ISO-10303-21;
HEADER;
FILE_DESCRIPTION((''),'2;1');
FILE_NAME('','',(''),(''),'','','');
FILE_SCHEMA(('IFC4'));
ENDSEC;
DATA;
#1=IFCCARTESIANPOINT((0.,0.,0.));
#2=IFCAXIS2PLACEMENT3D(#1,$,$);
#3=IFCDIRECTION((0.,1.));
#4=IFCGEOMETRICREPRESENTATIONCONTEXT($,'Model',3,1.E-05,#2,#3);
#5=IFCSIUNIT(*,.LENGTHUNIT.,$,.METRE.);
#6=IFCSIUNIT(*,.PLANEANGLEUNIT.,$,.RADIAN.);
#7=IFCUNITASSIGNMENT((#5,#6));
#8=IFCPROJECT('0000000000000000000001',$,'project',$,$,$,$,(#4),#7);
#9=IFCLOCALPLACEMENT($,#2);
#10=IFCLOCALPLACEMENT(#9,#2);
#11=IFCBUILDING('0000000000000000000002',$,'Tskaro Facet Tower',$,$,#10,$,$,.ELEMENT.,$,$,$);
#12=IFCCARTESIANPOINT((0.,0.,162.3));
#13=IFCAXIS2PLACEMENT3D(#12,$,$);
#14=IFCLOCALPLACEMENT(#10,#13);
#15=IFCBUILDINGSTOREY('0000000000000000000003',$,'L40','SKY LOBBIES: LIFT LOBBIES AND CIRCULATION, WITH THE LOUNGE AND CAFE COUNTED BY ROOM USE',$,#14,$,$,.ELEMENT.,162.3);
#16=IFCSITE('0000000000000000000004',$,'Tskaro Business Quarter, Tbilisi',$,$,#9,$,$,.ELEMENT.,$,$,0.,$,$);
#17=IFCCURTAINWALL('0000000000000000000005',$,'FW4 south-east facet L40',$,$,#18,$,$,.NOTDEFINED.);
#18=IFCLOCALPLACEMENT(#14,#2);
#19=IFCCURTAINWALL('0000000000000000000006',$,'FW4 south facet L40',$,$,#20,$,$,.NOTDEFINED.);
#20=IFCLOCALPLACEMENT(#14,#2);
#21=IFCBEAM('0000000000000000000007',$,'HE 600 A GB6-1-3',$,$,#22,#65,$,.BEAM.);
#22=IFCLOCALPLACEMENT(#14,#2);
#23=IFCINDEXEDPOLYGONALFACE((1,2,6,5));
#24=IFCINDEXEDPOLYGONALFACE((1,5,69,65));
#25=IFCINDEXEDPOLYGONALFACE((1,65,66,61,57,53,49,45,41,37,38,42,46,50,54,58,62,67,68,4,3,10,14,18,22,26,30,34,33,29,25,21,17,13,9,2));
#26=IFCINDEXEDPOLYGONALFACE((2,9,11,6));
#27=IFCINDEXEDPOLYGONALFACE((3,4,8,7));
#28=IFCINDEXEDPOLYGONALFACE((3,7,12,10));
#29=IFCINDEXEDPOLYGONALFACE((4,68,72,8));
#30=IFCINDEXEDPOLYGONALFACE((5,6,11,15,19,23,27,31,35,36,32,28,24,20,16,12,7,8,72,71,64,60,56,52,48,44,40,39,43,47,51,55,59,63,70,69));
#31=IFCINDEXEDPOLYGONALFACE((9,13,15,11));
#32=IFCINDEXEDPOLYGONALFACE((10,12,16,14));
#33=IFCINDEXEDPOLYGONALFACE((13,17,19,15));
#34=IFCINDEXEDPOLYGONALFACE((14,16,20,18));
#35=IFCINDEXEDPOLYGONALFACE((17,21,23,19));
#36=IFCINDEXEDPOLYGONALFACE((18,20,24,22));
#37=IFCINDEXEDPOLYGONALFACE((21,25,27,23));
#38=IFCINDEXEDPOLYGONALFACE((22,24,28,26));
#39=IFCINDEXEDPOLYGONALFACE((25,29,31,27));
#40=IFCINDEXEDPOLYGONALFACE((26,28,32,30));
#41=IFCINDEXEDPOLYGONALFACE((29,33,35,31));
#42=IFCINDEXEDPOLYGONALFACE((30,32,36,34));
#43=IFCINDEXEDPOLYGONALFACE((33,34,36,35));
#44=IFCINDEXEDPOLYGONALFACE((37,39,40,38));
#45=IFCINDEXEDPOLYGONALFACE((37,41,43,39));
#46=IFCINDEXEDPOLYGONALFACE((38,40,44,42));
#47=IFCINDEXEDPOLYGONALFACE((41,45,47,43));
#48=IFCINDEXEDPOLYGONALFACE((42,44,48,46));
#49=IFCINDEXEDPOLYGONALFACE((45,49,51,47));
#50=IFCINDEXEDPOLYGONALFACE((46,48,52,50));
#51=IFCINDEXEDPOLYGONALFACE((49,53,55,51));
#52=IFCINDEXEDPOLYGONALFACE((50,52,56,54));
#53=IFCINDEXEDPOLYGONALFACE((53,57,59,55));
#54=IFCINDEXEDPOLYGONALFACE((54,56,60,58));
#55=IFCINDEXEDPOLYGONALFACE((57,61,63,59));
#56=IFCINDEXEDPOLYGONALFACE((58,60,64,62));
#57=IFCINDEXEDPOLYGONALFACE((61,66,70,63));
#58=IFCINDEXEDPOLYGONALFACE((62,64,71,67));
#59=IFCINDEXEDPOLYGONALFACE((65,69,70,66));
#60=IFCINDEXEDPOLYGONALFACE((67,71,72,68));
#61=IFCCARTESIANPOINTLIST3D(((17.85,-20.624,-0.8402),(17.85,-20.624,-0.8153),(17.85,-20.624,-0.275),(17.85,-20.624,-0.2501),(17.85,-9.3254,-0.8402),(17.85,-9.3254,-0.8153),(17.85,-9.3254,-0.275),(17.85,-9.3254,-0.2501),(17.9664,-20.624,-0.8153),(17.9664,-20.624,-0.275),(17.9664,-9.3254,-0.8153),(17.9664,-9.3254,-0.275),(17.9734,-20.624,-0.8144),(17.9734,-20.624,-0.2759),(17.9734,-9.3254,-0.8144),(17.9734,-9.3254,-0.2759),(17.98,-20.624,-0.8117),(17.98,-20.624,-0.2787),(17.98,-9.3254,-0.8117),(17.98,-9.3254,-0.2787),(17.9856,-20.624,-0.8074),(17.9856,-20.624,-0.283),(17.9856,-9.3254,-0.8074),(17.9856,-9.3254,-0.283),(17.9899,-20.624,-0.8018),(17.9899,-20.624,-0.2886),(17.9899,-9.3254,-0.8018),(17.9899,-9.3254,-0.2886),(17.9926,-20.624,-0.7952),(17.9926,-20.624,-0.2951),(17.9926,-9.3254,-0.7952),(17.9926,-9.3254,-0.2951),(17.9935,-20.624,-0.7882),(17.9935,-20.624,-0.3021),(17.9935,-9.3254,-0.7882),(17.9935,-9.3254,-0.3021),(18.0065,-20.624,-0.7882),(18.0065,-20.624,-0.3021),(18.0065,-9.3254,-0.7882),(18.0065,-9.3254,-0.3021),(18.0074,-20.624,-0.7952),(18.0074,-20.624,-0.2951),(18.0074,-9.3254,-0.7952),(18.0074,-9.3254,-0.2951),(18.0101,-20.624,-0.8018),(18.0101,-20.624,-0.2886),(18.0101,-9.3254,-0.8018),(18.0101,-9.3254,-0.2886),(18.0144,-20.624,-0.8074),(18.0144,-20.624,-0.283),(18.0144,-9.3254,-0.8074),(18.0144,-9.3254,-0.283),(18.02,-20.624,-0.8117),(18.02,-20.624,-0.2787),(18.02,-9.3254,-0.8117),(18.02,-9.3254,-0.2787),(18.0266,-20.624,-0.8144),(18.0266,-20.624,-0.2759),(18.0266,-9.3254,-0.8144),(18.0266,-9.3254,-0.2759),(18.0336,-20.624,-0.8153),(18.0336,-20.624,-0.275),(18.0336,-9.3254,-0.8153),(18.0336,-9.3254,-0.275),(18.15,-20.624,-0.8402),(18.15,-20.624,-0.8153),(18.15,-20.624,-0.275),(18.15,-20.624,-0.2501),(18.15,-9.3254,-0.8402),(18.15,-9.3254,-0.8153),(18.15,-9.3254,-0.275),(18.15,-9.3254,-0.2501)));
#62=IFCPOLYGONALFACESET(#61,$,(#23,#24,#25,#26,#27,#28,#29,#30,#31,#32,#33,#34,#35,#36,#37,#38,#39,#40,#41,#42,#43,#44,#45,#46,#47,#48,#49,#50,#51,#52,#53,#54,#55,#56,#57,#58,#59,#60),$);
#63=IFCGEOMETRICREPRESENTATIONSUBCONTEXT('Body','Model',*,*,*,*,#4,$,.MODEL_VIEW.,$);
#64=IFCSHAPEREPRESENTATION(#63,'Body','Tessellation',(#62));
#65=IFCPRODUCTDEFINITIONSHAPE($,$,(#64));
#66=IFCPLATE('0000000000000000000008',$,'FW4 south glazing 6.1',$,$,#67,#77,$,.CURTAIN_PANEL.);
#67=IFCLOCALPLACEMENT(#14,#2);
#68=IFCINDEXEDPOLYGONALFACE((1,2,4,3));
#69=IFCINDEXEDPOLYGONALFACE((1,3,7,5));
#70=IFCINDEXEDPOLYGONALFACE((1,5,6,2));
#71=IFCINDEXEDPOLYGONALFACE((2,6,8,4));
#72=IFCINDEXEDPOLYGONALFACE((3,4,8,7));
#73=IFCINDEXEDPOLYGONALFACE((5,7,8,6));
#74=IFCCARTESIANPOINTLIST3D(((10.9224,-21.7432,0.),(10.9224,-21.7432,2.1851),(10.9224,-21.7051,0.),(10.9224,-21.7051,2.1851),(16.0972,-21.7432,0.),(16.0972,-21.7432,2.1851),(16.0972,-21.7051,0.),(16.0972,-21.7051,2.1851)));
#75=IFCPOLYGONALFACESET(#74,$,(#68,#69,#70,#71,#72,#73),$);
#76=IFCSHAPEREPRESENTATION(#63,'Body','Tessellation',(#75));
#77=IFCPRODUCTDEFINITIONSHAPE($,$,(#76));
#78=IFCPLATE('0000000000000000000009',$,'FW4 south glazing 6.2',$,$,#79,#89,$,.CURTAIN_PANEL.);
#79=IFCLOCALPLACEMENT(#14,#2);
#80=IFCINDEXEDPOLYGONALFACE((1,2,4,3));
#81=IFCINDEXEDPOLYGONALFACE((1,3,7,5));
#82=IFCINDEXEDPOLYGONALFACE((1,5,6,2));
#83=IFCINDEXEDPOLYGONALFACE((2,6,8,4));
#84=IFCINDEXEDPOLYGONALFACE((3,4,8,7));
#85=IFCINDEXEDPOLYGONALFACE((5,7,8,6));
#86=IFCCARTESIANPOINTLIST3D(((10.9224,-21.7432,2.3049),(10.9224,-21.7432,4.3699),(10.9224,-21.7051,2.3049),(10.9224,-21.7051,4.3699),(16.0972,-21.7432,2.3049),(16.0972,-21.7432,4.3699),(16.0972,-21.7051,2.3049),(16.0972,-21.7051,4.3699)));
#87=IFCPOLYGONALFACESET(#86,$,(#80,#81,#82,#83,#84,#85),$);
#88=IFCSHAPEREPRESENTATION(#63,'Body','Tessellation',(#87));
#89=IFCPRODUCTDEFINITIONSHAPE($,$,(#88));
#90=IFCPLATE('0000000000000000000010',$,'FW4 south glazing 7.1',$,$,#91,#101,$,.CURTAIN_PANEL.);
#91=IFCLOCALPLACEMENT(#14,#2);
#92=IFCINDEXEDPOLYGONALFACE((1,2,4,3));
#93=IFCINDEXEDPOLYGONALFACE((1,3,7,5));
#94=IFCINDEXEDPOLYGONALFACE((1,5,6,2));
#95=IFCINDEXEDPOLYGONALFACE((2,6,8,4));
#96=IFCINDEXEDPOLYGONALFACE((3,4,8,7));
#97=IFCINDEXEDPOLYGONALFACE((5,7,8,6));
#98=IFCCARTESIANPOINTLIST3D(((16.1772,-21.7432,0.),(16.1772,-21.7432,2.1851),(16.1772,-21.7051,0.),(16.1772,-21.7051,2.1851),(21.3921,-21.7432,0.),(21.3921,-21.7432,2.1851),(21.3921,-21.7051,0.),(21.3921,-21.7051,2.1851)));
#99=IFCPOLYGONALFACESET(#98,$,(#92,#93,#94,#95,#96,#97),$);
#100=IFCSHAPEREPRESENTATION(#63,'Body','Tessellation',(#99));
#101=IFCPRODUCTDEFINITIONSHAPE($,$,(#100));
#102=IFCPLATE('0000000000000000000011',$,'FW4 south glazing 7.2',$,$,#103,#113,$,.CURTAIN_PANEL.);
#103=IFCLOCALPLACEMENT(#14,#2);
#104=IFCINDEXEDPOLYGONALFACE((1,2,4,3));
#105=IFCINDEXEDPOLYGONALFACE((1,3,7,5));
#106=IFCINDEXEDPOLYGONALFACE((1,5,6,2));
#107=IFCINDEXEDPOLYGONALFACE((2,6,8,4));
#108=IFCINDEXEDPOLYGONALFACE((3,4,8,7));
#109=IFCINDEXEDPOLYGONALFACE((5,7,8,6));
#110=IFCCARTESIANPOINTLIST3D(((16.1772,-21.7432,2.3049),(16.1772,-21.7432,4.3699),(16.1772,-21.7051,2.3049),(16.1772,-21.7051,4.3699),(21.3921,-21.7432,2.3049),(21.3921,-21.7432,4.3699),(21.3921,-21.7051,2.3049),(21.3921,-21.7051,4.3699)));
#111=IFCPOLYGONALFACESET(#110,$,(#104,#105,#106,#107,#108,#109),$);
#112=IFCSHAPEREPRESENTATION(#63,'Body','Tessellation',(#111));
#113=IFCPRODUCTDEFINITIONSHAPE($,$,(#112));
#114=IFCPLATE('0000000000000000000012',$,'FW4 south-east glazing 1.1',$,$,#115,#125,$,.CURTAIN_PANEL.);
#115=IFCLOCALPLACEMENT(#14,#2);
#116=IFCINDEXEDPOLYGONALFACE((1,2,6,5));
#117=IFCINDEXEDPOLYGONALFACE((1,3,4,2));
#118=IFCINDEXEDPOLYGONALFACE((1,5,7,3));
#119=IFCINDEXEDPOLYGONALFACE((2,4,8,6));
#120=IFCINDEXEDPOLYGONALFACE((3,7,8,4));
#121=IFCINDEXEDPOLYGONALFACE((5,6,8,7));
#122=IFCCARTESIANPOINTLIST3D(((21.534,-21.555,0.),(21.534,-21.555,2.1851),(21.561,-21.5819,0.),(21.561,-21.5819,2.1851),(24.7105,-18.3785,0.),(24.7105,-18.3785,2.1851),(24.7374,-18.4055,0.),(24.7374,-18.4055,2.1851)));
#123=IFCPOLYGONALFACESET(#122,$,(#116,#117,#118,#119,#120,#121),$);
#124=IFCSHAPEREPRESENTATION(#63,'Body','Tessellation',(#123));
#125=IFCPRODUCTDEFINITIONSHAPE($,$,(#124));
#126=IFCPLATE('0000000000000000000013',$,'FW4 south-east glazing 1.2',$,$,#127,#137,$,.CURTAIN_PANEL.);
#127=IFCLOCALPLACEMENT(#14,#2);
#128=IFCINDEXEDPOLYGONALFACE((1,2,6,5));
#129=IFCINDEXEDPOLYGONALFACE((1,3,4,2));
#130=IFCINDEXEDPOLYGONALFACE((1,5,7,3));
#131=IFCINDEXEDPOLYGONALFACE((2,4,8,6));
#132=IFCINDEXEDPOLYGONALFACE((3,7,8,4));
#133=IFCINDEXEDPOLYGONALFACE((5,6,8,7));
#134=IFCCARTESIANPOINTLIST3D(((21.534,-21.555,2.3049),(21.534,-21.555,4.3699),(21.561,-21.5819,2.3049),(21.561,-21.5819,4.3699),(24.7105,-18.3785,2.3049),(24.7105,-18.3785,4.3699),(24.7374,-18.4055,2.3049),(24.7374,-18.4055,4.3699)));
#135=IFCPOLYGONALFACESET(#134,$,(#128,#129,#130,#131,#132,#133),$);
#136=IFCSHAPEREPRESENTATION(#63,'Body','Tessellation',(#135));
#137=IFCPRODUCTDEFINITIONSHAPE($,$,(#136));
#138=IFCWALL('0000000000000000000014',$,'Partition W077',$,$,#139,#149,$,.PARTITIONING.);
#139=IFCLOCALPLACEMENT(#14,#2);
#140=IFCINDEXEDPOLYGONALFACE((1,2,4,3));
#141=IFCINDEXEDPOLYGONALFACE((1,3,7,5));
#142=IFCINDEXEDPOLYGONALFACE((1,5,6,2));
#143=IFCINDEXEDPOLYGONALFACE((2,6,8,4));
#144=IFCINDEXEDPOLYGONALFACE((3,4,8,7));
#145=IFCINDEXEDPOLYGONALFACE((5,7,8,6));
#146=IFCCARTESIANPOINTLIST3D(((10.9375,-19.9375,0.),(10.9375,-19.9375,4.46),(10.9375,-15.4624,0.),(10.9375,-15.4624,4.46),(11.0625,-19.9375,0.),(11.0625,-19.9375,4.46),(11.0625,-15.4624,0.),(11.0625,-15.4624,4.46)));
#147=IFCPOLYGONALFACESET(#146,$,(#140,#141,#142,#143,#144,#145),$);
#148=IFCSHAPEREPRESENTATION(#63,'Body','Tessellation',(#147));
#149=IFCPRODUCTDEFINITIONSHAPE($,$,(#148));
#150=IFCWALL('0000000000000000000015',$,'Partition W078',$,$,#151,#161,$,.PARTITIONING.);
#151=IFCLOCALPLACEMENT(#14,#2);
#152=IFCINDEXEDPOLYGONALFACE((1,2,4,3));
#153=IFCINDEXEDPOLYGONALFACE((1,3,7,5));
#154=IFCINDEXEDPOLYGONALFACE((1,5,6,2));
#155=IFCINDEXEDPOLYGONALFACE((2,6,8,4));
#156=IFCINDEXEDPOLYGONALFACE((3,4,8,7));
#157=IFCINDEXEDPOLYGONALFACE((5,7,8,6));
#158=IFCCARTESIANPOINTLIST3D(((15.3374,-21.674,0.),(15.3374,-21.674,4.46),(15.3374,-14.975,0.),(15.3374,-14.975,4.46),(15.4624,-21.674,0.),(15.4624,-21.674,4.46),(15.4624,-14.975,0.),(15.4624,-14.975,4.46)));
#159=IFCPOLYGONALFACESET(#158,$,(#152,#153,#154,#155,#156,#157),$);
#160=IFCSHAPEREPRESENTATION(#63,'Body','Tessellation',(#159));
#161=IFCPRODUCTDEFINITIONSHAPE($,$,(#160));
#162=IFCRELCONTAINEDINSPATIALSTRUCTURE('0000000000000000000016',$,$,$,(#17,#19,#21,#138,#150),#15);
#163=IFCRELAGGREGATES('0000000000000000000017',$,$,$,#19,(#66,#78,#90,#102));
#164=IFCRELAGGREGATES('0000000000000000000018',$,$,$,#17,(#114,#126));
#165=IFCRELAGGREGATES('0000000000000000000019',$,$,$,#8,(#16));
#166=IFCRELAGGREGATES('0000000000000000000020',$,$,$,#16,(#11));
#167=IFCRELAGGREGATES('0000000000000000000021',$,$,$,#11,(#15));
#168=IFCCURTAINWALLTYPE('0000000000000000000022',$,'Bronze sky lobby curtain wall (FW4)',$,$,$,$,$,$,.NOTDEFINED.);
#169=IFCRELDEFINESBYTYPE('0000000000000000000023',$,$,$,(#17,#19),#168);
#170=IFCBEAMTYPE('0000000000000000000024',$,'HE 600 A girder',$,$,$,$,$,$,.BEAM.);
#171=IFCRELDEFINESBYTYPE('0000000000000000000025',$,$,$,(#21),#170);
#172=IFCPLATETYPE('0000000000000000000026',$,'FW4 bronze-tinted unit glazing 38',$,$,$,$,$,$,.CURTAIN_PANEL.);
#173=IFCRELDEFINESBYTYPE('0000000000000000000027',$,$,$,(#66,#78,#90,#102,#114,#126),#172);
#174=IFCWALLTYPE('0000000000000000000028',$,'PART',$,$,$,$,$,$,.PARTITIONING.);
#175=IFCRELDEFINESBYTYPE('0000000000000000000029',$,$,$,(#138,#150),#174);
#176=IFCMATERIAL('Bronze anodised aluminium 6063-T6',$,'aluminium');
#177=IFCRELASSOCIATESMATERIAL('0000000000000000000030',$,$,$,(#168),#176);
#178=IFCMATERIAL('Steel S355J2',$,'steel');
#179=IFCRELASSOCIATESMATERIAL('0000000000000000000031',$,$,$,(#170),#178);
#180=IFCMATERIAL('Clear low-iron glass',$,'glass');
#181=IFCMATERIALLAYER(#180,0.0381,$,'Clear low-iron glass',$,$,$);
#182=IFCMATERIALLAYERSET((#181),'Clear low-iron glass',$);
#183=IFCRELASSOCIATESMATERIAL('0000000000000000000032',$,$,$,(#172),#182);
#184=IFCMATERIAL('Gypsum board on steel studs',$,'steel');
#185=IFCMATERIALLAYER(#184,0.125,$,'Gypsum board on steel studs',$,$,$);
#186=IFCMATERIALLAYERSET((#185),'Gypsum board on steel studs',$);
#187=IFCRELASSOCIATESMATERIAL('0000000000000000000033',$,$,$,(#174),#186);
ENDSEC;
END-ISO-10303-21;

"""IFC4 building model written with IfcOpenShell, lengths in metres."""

from ifc_helpers import new_model, si_unit, direction, frame, frame_2d, origin, origin_2d, place, context, subcontext, project, spatial, rectangle, i_section, extrude, material, layer, layer_set, material_profile, profile_set, type_object, element, aggregate, save


model = new_model("IFC4")

# Units and contexts
model_context = context("Model", 3, precision=1e-05, world=origin(), true_north=direction((0.0, 1.0)))
body_context = subcontext(model_context, "Body", "Model", "MODEL_VIEW")
ifc_project = project(units=[si_unit("LENGTHUNIT", "METRE"), si_unit("PLANEANGLEUNIT", "RADIAN")], contexts=[model_context])

# Site, building, storey
site_placement = place(None, origin())
site = spatial("IfcSite", under=ifc_project, at=site_placement, Name="Tskaro Business Quarter, Tbilisi", CompositionType="ELEMENT", RefElevation=0.0)
building_placement = place(site_placement, origin())
building = spatial("IfcBuilding", under=site, at=building_placement, Name="Tskaro Facet Tower", CompositionType="ELEMENT")
storey_placement = place(building_placement, frame((0.0, 0.0, 162.3)))
storey = spatial("IfcBuildingStorey", under=building, at=storey_placement, Name="L40", Description="SKY LOBBIES: LIFT LOBBIES AND CIRCULATION, WITH THE LOUNGE AND CAFE COUNTED BY ROOM USE", CompositionType="ELEMENT", Elevation=162.3)

# Curtain wall
ifc_material_1 = material(Name="Bronze anodised aluminium 6063-T6", Category="aluminium")
curtain_wall_type = type_object("IfcCurtainWallType", Name="Bronze sky lobby curtain wall (FW4)", PredefinedType="NOTDEFINED", material=ifc_material_1)
curtain_wall_1_placement = place(storey_placement, origin())
curtain_wall_1 = element("IfcCurtainWall", 1, at=curtain_wall_1_placement, inside=storey, type_object=curtain_wall_type, Name="FW4 south-east facet L40", PredefinedType="NOTDEFINED")

# Curtain wall
curtain_wall_2_placement = place(storey_placement, origin())
curtain_wall_2 = element("IfcCurtainWall", 2, at=curtain_wall_2_placement, inside=storey, type_object=curtain_wall_type, Name="FW4 south facet L40", PredefinedType="NOTDEFINED")

# Beam
ifc_material_2 = material(Name="Steel S355J2", Category="steel")
ifc_material_profile_1 = material_profile(ifc_material_2, i_section(OverallWidth=0.3, OverallDepth=0.5901, WebThickness=0.0129, FlangeThickness=0.0249, FilletRadius=0.0271, at=origin_2d()), Name="HE 600 A")
ifc_profile_set_1 = profile_set([ifc_material_profile_1], Name="Steel S355J2")
beam_type_1 = type_object("IfcBeamType", Name="HE 600 A girder", PredefinedType="BEAM", material=ifc_profile_set_1)
beam_1_placement = place(storey_placement, frame((18.0, -20.624, -0.5452), z_axis=(0.0, 1.0, 0.0), x_axis=(-1.0, 0.0, 0.0)))
element("IfcBeam", 3, at=beam_1_placement, inside=storey, type_object=beam_type_1, Name="HE 600 A GB6-1-3", PredefinedType="BEAM", context=body_context, shape_type="SweptSolid", body=[
    extrude(i_section(OverallWidth=0.3, OverallDepth=0.5901, WebThickness=0.0129, FlangeThickness=0.0249, FilletRadius=0.0271, at=origin_2d()), origin(), (0.0, 0.0, 1.0), 11.2986),
])

# Plates
ifc_material_3 = material(Name="Clear low-iron glass", Category="glass")
ifc_layer_1 = layer(ifc_material_3, 0.0381, Name="Clear low-iron glass")
ifc_layer_set_1 = layer_set([ifc_layer_1], Name="Clear low-iron glass")
plate_type = type_object("IfcPlateType", Name="FW4 bronze-tinted unit glazing 38", PredefinedType="CURTAIN_PANEL", material=ifc_layer_set_1)
plate_1_placement = place(storey_placement, frame((13.5098, -21.7241, 0.0), z_axis=(0.0, 0.0, 1.0), x_axis=(1.0, 0.0, 0.0)))
plate_1 = element("IfcPlate", 4, at=plate_1_placement, type_object=plate_type, Name="FW4 south glazing 6.1", PredefinedType="CURTAIN_PANEL", context=body_context, shape_type="SweptSolid", body=[
    extrude(rectangle(XDim=5.1748, YDim=0.0381, at=origin_2d()), origin(), (0.0, 0.0, 1.0), 2.1851),
])
plate_2_placement = place(storey_placement, frame((13.5098, -21.7241, 2.3049), z_axis=(0.0, 0.0, 1.0), x_axis=(1.0, 0.0, 0.0)))
plate_2 = element("IfcPlate", 5, at=plate_2_placement, type_object=plate_type, Name="FW4 south glazing 6.2", PredefinedType="CURTAIN_PANEL", context=body_context, shape_type="SweptSolid", body=[
    extrude(rectangle(XDim=5.1748, YDim=0.0381, at=origin_2d()), origin(), (0.0, 0.0, 1.0), 2.0649),
])
plate_3_placement = place(storey_placement, frame((18.7847, -21.7241, 0.0), z_axis=(0.0, 0.0, 1.0), x_axis=(1.0, 0.0, 0.0)))
plate_3 = element("IfcPlate", 6, at=plate_3_placement, type_object=plate_type, Name="FW4 south glazing 7.1", PredefinedType="CURTAIN_PANEL", context=body_context, shape_type="SweptSolid", body=[
    extrude(rectangle(XDim=5.2148, YDim=0.0381, at=origin_2d()), origin(), (0.0, 0.0, 1.0), 2.1851),
])
plate_4_placement = place(storey_placement, frame((18.7847, -21.7241, 2.3049), z_axis=(0.0, 0.0, 1.0), x_axis=(1.0, 0.0, 0.0)))
plate_4 = element("IfcPlate", 7, at=plate_4_placement, type_object=plate_type, Name="FW4 south glazing 7.2", PredefinedType="CURTAIN_PANEL", context=body_context, shape_type="SweptSolid", body=[
    extrude(rectangle(XDim=5.2148, YDim=0.0381, at=origin_2d()), origin(), (0.0, 0.0, 1.0), 2.0649),
])
aggregate(curtain_wall_2, [plate_1, plate_2, plate_3, plate_4])
plate_5_placement = place(storey_placement, frame((23.1357, -19.9802, 0.0), z_axis=(0.0, 0.0, 1.0), x_axis=(0.707107, 0.707107, 0.0)))
plate_5 = element("IfcPlate", 8, at=plate_5_placement, type_object=plate_type, Name="FW4 south-east glazing 1.1", PredefinedType="CURTAIN_PANEL", context=body_context, shape_type="SweptSolid", body=[
    extrude(rectangle(XDim=4.4922, YDim=0.0381, at=origin_2d()), origin(), (0.0, 0.0, 1.0), 2.1851),
])
plate_6_placement = place(storey_placement, frame((23.1357, -19.9802, 2.3049), z_axis=(0.0, 0.0, 1.0), x_axis=(0.707107, 0.707107, 0.0)))
plate_6 = element("IfcPlate", 9, at=plate_6_placement, type_object=plate_type, Name="FW4 south-east glazing 1.2", PredefinedType="CURTAIN_PANEL", context=body_context, shape_type="SweptSolid", body=[
    extrude(rectangle(XDim=4.4922, YDim=0.0381, at=origin_2d()), origin(), (0.0, 0.0, 1.0), 2.0649),
])
aggregate(curtain_wall_1, [plate_5, plate_6])

# Walls
ifc_material_4 = material(Name="Gypsum board on steel studs", Category="steel")
ifc_layer_2 = layer(ifc_material_4, 0.125, Name="Gypsum board on steel studs")
ifc_layer_set_2 = layer_set([ifc_layer_2], Name="Gypsum board on steel studs")
wall_type = type_object("IfcWallType", Name="PART", PredefinedType="PARTITIONING", material=ifc_layer_set_2)
wall_1_placement = place(storey_placement, frame((11.0, -19.9375, 0.0), z_axis=(0.0, 0.0, 1.0), x_axis=(0.0, 1.0, 0.0)))
element("IfcWall", 10, at=wall_1_placement, inside=storey, type_object=wall_type, Name="Partition W077", PredefinedType="PARTITIONING", context=body_context, shape_type="SweptSolid", body=[
    extrude(rectangle(XDim=4.4751, YDim=0.125, at=frame_2d((2.2375, 0.0))), origin(), (0.0, 0.0, 1.0), 4.46),
])
wall_2_placement = place(storey_placement, frame((15.3999, -21.6741, 0.0), z_axis=(0.0, 0.0, 1.0), x_axis=(0.0, 1.0, 0.0)))
element("IfcWall", 11, at=wall_2_placement, inside=storey, type_object=wall_type, Name="Partition W078", PredefinedType="PARTITIONING", context=body_context, shape_type="SweptSolid", body=[
    extrude(rectangle(XDim=6.699, YDim=0.125, at=frame_2d((3.3496, 0.0))), origin(), (0.0, 0.0, 1.0), 4.46),
])

save(model, "model.ifc")
